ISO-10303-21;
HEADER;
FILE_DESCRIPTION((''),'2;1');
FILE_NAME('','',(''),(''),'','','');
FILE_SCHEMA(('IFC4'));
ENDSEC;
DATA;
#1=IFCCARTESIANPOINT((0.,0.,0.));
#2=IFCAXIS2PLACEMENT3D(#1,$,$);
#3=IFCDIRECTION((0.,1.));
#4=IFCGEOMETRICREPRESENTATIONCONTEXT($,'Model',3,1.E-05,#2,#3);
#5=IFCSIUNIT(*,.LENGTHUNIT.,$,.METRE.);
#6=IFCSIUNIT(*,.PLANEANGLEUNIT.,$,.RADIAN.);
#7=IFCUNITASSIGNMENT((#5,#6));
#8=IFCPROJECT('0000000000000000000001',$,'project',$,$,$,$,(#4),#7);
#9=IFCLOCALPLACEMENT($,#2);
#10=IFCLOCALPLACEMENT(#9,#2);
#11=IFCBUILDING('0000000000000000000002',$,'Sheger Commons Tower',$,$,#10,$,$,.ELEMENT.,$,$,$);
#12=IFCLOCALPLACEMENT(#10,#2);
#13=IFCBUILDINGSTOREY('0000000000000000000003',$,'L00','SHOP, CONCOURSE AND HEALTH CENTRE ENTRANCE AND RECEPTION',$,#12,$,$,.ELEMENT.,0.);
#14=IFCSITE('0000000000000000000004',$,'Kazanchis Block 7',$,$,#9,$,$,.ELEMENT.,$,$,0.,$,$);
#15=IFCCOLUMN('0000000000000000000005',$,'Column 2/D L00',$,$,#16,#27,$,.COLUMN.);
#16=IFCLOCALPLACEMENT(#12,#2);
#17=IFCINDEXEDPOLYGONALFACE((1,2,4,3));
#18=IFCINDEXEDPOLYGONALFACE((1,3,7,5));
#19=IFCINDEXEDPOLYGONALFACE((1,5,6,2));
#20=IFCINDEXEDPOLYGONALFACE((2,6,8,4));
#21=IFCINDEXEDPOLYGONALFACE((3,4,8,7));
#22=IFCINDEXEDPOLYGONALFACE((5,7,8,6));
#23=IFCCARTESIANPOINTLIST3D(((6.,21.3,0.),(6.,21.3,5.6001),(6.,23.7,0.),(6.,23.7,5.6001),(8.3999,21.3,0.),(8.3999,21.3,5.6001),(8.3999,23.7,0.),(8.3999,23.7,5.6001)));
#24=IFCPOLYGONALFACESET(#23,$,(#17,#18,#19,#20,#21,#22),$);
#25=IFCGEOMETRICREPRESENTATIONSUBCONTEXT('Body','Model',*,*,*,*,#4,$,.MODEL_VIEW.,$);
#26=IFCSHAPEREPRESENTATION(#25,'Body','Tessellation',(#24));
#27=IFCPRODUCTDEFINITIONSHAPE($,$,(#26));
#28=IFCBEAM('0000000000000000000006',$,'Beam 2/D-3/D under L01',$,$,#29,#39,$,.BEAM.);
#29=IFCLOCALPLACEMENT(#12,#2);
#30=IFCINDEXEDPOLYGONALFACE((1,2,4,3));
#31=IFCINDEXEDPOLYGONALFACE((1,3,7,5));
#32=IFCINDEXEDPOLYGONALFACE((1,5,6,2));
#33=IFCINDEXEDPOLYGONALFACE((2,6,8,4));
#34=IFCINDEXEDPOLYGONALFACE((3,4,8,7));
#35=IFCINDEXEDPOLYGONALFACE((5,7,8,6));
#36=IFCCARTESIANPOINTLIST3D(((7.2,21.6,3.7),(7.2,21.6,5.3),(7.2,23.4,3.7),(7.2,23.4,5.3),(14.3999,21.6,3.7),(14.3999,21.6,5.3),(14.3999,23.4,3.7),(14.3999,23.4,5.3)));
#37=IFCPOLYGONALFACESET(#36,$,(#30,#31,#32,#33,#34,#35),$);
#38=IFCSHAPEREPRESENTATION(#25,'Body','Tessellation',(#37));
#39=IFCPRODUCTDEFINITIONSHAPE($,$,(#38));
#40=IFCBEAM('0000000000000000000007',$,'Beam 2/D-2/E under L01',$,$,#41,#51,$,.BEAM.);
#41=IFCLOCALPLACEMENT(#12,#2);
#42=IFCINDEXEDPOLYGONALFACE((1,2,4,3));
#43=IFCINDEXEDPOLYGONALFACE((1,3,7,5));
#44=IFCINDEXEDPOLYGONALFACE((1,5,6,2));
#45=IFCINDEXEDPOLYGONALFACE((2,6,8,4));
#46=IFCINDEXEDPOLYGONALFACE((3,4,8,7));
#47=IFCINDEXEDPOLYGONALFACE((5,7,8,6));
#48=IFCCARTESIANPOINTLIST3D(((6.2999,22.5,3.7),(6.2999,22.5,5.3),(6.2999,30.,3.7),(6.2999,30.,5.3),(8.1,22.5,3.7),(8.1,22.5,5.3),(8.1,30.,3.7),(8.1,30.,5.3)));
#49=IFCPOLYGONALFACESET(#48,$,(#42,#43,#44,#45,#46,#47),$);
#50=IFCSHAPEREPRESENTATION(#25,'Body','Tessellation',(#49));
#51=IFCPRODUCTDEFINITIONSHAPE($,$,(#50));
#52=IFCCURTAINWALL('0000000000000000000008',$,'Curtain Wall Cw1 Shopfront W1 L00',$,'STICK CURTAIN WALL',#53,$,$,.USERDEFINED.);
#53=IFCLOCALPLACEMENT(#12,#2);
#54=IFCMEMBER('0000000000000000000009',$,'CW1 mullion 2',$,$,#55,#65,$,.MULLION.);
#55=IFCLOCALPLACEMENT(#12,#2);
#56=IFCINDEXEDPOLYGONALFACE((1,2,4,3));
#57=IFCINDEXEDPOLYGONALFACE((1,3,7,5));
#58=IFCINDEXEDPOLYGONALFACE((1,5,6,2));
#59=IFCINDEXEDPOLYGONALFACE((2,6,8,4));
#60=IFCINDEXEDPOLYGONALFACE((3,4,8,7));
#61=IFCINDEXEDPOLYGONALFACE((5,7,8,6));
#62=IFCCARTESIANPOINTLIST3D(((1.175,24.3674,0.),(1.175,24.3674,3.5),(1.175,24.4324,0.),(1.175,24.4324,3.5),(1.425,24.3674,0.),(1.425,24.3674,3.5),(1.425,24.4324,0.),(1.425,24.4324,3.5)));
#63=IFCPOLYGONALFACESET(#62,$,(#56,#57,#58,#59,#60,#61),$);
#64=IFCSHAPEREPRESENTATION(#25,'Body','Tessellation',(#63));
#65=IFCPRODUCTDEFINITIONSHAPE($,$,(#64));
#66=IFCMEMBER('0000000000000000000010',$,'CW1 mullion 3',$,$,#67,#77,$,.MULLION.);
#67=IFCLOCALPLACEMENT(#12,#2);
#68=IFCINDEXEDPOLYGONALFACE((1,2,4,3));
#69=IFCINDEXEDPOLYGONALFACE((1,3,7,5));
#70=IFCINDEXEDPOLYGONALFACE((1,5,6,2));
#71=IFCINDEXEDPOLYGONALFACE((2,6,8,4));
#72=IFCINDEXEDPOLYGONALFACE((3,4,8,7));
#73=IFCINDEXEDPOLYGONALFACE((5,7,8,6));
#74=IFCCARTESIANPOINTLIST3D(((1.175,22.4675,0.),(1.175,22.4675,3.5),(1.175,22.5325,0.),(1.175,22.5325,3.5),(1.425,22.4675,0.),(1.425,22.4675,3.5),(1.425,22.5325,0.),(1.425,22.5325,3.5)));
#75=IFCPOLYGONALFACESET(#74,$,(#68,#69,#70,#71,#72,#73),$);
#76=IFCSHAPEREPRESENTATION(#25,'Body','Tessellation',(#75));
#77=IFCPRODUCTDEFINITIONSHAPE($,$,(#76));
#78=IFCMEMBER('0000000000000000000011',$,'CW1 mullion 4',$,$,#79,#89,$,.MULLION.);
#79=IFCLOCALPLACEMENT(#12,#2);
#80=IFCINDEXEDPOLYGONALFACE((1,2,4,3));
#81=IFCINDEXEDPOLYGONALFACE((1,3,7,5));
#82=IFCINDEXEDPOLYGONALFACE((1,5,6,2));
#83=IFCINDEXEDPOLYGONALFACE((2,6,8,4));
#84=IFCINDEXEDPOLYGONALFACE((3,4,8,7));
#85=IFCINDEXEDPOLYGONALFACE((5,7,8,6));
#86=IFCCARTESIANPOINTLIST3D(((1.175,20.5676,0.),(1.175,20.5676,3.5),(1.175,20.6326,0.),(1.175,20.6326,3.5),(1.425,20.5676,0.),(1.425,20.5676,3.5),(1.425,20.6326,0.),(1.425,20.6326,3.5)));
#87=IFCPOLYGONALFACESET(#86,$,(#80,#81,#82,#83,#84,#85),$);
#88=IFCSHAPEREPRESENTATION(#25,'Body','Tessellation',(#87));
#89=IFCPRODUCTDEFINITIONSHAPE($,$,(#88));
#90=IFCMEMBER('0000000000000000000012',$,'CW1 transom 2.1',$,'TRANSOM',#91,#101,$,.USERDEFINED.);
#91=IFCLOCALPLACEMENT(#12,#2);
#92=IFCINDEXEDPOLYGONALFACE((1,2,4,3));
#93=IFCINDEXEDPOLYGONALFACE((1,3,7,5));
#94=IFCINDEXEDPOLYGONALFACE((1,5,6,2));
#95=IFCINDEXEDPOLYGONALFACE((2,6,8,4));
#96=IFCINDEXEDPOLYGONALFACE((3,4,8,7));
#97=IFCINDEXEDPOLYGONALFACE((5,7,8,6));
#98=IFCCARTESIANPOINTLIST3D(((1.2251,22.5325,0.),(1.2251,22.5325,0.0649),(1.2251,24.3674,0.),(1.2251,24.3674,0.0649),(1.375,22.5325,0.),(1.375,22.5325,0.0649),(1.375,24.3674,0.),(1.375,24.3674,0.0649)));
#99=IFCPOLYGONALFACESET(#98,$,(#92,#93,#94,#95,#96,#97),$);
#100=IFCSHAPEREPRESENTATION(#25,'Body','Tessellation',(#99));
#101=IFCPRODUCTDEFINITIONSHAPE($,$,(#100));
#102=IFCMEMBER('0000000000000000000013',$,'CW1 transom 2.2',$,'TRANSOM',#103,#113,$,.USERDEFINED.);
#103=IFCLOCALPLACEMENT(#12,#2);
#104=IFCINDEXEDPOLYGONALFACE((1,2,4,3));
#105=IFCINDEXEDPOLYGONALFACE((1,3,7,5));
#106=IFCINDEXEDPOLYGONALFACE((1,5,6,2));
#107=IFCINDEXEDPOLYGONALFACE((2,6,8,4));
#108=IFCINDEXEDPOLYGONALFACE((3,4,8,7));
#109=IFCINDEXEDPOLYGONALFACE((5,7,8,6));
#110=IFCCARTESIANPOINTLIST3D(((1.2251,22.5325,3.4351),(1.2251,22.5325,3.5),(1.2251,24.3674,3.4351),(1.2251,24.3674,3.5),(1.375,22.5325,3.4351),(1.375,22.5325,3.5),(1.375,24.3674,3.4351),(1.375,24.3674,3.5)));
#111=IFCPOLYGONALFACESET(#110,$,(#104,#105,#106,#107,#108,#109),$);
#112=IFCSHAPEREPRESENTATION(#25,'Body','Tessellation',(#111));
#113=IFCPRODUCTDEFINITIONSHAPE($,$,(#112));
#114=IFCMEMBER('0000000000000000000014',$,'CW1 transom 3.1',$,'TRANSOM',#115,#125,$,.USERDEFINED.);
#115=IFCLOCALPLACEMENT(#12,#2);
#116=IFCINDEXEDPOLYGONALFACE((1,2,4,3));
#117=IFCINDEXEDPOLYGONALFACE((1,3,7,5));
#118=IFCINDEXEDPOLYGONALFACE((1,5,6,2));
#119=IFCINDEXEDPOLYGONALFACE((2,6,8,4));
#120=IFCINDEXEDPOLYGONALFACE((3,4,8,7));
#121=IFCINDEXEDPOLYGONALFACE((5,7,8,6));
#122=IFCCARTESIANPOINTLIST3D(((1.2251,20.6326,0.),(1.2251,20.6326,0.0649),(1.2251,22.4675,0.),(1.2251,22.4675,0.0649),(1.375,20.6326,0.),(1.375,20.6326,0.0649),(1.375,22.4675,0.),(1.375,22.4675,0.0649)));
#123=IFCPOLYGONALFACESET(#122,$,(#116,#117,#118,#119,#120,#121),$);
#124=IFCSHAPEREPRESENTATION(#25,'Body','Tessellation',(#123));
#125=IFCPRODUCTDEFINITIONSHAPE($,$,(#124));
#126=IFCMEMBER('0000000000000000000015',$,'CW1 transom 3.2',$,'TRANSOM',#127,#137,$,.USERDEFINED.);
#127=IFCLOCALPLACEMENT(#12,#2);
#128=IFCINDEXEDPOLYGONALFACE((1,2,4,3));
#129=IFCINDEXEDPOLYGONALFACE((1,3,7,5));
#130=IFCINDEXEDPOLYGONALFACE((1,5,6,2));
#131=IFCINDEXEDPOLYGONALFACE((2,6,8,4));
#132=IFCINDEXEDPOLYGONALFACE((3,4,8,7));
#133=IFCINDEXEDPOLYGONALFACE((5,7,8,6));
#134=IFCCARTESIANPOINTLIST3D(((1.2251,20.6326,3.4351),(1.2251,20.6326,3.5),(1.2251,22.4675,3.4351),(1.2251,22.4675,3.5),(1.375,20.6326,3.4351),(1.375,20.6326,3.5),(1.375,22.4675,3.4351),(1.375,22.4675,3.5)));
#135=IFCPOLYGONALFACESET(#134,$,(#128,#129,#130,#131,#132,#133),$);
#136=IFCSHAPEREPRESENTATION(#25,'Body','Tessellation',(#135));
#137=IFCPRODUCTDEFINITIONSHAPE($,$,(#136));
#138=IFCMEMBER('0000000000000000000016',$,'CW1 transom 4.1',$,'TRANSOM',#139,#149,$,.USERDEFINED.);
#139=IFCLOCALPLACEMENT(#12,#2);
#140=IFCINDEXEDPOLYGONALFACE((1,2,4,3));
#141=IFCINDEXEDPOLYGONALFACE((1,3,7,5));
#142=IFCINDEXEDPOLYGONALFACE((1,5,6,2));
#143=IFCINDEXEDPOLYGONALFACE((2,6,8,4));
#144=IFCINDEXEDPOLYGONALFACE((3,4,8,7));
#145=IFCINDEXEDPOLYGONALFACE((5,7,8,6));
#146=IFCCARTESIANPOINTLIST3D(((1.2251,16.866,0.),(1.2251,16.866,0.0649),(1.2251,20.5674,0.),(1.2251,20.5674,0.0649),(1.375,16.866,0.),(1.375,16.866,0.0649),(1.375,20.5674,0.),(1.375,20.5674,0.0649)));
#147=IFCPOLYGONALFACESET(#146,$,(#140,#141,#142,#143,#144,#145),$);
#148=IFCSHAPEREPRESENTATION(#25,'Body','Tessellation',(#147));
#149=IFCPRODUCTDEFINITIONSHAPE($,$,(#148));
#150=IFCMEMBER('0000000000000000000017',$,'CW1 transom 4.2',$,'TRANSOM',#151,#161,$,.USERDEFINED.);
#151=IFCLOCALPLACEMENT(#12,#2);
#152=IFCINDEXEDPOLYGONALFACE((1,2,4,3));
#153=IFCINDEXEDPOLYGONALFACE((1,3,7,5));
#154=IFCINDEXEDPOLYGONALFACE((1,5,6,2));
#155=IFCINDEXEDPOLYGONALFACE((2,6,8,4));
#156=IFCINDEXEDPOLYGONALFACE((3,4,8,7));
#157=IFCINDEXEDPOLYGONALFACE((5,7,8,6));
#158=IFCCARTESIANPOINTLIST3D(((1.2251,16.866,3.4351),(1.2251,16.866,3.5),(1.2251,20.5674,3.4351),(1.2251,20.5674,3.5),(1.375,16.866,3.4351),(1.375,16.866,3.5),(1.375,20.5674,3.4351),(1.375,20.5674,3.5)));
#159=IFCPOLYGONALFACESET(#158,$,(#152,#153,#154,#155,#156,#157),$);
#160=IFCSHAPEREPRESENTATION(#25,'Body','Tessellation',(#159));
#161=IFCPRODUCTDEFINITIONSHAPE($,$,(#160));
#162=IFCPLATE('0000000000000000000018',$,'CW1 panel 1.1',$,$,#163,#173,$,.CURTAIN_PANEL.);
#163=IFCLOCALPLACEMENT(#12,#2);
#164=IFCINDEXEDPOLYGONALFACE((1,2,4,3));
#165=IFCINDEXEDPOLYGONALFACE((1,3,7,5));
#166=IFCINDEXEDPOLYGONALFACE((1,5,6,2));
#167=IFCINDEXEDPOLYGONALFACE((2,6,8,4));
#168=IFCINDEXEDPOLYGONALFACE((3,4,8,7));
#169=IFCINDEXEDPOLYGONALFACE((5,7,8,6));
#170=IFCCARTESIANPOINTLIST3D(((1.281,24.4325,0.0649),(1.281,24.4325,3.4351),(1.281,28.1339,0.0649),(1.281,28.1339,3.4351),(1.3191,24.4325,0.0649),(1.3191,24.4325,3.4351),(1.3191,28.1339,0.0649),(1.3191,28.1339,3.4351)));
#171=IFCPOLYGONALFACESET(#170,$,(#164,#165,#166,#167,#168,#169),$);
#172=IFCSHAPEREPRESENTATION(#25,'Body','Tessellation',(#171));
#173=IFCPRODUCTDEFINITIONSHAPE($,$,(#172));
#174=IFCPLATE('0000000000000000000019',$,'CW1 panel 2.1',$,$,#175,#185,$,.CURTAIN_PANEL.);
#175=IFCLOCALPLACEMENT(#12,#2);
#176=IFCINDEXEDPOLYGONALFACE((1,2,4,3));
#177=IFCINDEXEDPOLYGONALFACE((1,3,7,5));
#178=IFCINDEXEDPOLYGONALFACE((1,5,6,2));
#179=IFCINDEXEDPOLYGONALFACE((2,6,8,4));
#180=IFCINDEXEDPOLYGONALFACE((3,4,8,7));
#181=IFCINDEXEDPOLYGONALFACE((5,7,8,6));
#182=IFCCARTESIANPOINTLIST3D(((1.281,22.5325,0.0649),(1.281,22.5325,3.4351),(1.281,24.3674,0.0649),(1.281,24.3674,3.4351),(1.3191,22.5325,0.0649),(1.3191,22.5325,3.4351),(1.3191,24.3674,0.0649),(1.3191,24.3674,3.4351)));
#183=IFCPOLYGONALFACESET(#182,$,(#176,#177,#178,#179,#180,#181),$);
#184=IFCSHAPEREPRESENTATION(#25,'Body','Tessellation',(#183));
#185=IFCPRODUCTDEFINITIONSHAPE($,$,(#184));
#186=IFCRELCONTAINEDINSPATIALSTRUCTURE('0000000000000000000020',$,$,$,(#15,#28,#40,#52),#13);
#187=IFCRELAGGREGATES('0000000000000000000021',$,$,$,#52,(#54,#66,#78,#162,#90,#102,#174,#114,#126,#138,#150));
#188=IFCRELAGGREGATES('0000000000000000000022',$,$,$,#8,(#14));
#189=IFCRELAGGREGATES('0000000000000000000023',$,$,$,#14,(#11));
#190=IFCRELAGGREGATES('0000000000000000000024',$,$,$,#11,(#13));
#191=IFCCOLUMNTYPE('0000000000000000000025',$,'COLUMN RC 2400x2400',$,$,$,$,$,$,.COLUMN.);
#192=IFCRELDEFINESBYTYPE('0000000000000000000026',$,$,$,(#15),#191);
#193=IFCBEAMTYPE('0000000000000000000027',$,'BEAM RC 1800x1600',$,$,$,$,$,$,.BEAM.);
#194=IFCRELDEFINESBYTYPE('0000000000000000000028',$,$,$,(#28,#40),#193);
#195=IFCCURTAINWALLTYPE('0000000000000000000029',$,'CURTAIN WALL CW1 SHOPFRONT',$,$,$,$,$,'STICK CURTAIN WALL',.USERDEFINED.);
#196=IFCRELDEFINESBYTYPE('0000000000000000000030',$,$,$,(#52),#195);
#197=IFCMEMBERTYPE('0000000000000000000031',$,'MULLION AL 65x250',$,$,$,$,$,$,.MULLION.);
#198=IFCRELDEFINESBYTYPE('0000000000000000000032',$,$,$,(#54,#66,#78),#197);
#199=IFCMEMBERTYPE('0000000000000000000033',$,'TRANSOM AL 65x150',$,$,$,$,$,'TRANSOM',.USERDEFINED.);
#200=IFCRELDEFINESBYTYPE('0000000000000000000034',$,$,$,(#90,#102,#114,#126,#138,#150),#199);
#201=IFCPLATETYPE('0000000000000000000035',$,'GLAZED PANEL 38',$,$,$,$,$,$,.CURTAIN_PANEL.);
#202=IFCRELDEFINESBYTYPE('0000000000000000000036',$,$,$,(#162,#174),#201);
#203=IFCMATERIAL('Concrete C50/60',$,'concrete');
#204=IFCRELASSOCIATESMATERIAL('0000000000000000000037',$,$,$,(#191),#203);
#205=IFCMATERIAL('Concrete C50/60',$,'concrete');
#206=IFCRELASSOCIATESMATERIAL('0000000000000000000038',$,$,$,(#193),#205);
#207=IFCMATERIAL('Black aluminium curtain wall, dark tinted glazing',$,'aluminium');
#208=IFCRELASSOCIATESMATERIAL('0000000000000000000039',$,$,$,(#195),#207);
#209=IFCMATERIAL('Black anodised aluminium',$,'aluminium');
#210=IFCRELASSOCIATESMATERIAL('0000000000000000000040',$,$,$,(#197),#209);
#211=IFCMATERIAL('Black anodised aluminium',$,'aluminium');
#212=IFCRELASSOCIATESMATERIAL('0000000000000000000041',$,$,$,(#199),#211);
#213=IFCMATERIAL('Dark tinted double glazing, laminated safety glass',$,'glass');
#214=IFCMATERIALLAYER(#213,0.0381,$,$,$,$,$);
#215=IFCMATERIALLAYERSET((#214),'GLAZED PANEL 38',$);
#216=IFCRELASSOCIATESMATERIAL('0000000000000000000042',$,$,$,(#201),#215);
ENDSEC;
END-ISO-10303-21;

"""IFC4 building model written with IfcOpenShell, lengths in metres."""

from ifc_helpers import new_model, si_unit, direction, frame, origin, origin_2d, place, context, subcontext, project, spatial, rectangle, extrude, material, layer, layer_set, material_profile, profile_set, type_object, element, aggregate, save


model = new_model("IFC4")

# Units and contexts
model_context = context("Model", 3, precision=1e-05, world=origin(), true_north=direction((0.0, 1.0)))
body_context = subcontext(model_context, "Body", "Model", "MODEL_VIEW")
ifc_project = project(units=[si_unit("LENGTHUNIT", "METRE"), si_unit("PLANEANGLEUNIT", "RADIAN")], contexts=[model_context])

# Site, building, storey
site_placement = place(None, origin())
site = spatial("IfcSite", under=ifc_project, at=site_placement, Name="Kazanchis Block 7", CompositionType="ELEMENT", RefElevation=0.0)
building_placement = place(site_placement, origin())
building = spatial("IfcBuilding", under=site, at=building_placement, Name="Sheger Commons Tower", CompositionType="ELEMENT")
storey_placement = place(building_placement, origin())
storey = spatial("IfcBuildingStorey", under=building, at=storey_placement, Name="L00", Description="SHOP, CONCOURSE AND HEALTH CENTRE ENTRANCE AND RECEPTION", CompositionType="ELEMENT", Elevation=0.0)

# Column
ifc_material_1 = material(Name="Concrete C50/60", Category="concrete")
ifc_material_profile_1 = material_profile(ifc_material_1, rectangle(XDim=2.3999, YDim=2.3999, at=origin_2d()), Name="RC 2400x2400")
ifc_profile_set_1 = profile_set([ifc_material_profile_1], Name="Concrete C50/60")
column_type = type_object("IfcColumnType", Name="COLUMN RC 2400x2400", PredefinedType="COLUMN", material=ifc_profile_set_1)
column_placement = place(storey_placement, frame((7.2, 22.5, 0.0), z_axis=(0.0, 0.0, 1.0), x_axis=(1.0, 0.0, 0.0)))
element("IfcColumn", 1, at=column_placement, inside=storey, type_object=column_type, Name="Column 2/D L00", PredefinedType="COLUMN", context=body_context, shape_type="SweptSolid", body=[
    extrude(rectangle(XDim=2.3999, YDim=2.3999, at=origin_2d()), origin(), (0.0, 0.0, 1.0), 5.6001),
])

# Beams
ifc_material_2 = material(Name="Concrete C50/60", Category="concrete")
ifc_material_profile_2 = material_profile(ifc_material_2, rectangle(XDim=1.8, YDim=1.6001, at=origin_2d()), Name="RC 1800x1600")
ifc_profile_set_2 = profile_set([ifc_material_profile_2], Name="Concrete C50/60")
beam_type = type_object("IfcBeamType", Name="BEAM RC 1800x1600", PredefinedType="BEAM", material=ifc_profile_set_2)
beam_1_placement = place(storey_placement, frame((7.2, 22.5, 4.5), z_axis=(1.0, 0.0, 0.0), x_axis=(0.0, 1.0, 0.0)))
element("IfcBeam", 2, at=beam_1_placement, inside=storey, type_object=beam_type, Name="Beam 2/D-3/D under L01", PredefinedType="BEAM", context=body_context, shape_type="SweptSolid", body=[
    extrude(rectangle(XDim=1.8, YDim=1.6001, at=origin_2d()), origin(), (0.0, 0.0, 1.0), 7.2),
])
beam_2_placement = place(storey_placement, frame((7.2, 22.5, 4.5), z_axis=(0.0, 1.0, 0.0), x_axis=(-1.0, 0.0, 0.0)))
element("IfcBeam", 3, at=beam_2_placement, inside=storey, type_object=beam_type, Name="Beam 2/D-2/E under L01", PredefinedType="BEAM", context=body_context, shape_type="SweptSolid", body=[
    extrude(rectangle(XDim=1.8, YDim=1.6001, at=origin_2d()), origin(), (0.0, 0.0, 1.0), 7.5),
])

# Curtain wall, members, plates
ifc_material_3 = material(Name="Black aluminium curtain wall, dark tinted glazing", Category="aluminium")
curtain_wall_type = type_object("IfcCurtainWallType", Name="CURTAIN WALL CW1 SHOPFRONT", ElementType="STICK CURTAIN WALL", PredefinedType="USERDEFINED", material=ifc_material_3)
curtain_wall_placement = place(storey_placement, origin())
curtain_wall = element("IfcCurtainWall", 4, at=curtain_wall_placement, inside=storey, type_object=curtain_wall_type, Name="Curtain Wall Cw1 Shopfront W1 L00", ObjectType="STICK CURTAIN WALL", PredefinedType="USERDEFINED")
ifc_material_4 = material(Name="Black anodised aluminium", Category="aluminium")
ifc_material_profile_3 = material_profile(ifc_material_4, rectangle(XDim=0.25, YDim=0.0649, at=origin_2d()), Name="AL 65x250")
ifc_profile_set_3 = profile_set([ifc_material_profile_3], Name="Black anodised aluminium")
member_type_1 = type_object("IfcMemberType", Name="MULLION AL 65x250", PredefinedType="MULLION", material=ifc_profile_set_3)
member_1_placement = place(storey_placement, frame((1.3, 24.3999, 0.0), z_axis=(0.0, 0.0, 1.0), x_axis=(1.0, 0.0, 0.0)))
member_1 = element("IfcMember", 5, at=member_1_placement, type_object=member_type_1, Name="CW1 mullion 2", PredefinedType="MULLION", context=body_context, shape_type="SweptSolid", body=[
    extrude(rectangle(XDim=0.25, YDim=0.0649, at=origin_2d()), origin(), (0.0, 0.0, 1.0), 3.5),
])
member_2_placement = place(storey_placement, frame((1.3, 22.5, 0.0), z_axis=(0.0, 0.0, 1.0), x_axis=(1.0, 0.0, 0.0)))
member_2 = element("IfcMember", 6, at=member_2_placement, type_object=member_type_1, Name="CW1 mullion 3", PredefinedType="MULLION", context=body_context, shape_type="SweptSolid", body=[
    extrude(rectangle(XDim=0.25, YDim=0.0649, at=origin_2d()), origin(), (0.0, 0.0, 1.0), 3.5),
])
member_3_placement = place(storey_placement, frame((1.3, 20.6001, 0.0), z_axis=(0.0, 0.0, 1.0), x_axis=(1.0, 0.0, 0.0)))
member_3 = element("IfcMember", 7, at=member_3_placement, type_object=member_type_1, Name="CW1 mullion 4", PredefinedType="MULLION", context=body_context, shape_type="SweptSolid", body=[
    extrude(rectangle(XDim=0.25, YDim=0.0649, at=origin_2d()), origin(), (0.0, 0.0, 1.0), 3.5),
])
ifc_material_5 = material(Name="Black anodised aluminium", Category="aluminium")
ifc_material_profile_4 = material_profile(ifc_material_5, rectangle(XDim=0.1499, YDim=0.0649, at=origin_2d()), Name="AL 65x150")
ifc_profile_set_4 = profile_set([ifc_material_profile_4], Name="Black anodised aluminium")
member_type_2 = type_object("IfcMemberType", Name="TRANSOM AL 65x150", ElementType="TRANSOM", PredefinedType="USERDEFINED", material=ifc_profile_set_4)
member_4_placement = place(storey_placement, frame((1.3, 24.3674, 0.0325), z_axis=(0.0, -1.0, 0.0), x_axis=(1.0, 0.0, 0.0)))
member_4 = element("IfcMember", 8, at=member_4_placement, type_object=member_type_2, Name="CW1 transom 2.1", ObjectType="TRANSOM", PredefinedType="USERDEFINED", context=body_context, shape_type="SweptSolid", body=[
    extrude(rectangle(XDim=0.1499, YDim=0.0649, at=origin_2d()), origin(), (0.0, 0.0, 1.0), 1.835),
])
member_5_placement = place(storey_placement, frame((1.3, 24.3674, 3.4675), z_axis=(0.0, -1.0, 0.0), x_axis=(1.0, 0.0, 0.0)))
member_5 = element("IfcMember", 9, at=member_5_placement, type_object=member_type_2, Name="CW1 transom 2.2", ObjectType="TRANSOM", PredefinedType="USERDEFINED", context=body_context, shape_type="SweptSolid", body=[
    extrude(rectangle(XDim=0.1499, YDim=0.0649, at=origin_2d()), origin(), (0.0, 0.0, 1.0), 1.835),
])
member_6_placement = place(storey_placement, frame((1.3, 22.4675, 0.0325), z_axis=(0.0, -1.0, 0.0), x_axis=(1.0, 0.0, 0.0)))
member_6 = element("IfcMember", 10, at=member_6_placement, type_object=member_type_2, Name="CW1 transom 3.1", ObjectType="TRANSOM", PredefinedType="USERDEFINED", context=body_context, shape_type="SweptSolid", body=[
    extrude(rectangle(XDim=0.1499, YDim=0.0649, at=origin_2d()), origin(), (0.0, 0.0, 1.0), 1.835),
])
member_7_placement = place(storey_placement, frame((1.3, 22.4675, 3.4675), z_axis=(0.0, -1.0, 0.0), x_axis=(1.0, 0.0, 0.0)))
member_7 = element("IfcMember", 11, at=member_7_placement, type_object=member_type_2, Name="CW1 transom 3.2", ObjectType="TRANSOM", PredefinedType="USERDEFINED", context=body_context, shape_type="SweptSolid", body=[
    extrude(rectangle(XDim=0.1499, YDim=0.0649, at=origin_2d()), origin(), (0.0, 0.0, 1.0), 1.835),
])
member_8_placement = place(storey_placement, frame((1.3, 20.5674, 0.0325), z_axis=(0.0, -1.0, 0.0), x_axis=(1.0, 0.0, 0.0)))
member_8 = element("IfcMember", 12, at=member_8_placement, type_object=member_type_2, Name="CW1 transom 4.1", ObjectType="TRANSOM", PredefinedType="USERDEFINED", context=body_context, shape_type="SweptSolid", body=[
    extrude(rectangle(XDim=0.1499, YDim=0.0649, at=origin_2d()), origin(), (0.0, 0.0, 1.0), 3.7014),
])
member_9_placement = place(storey_placement, frame((1.3, 20.5674, 3.4675), z_axis=(0.0, -1.0, 0.0), x_axis=(1.0, 0.0, 0.0)))
member_9 = element("IfcMember", 13, at=member_9_placement, type_object=member_type_2, Name="CW1 transom 4.2", ObjectType="TRANSOM", PredefinedType="USERDEFINED", context=body_context, shape_type="SweptSolid", body=[
    extrude(rectangle(XDim=0.1499, YDim=0.0649, at=origin_2d()), origin(), (0.0, 0.0, 1.0), 3.7014),
])
ifc_material_6 = material(Name="Dark tinted double glazing, laminated safety glass", Category="glass")
ifc_layer_1 = layer(ifc_material_6, 0.0381)
ifc_layer_set_1 = layer_set([ifc_layer_1], Name="GLAZED PANEL 38")
plate_type = type_object("IfcPlateType", Name="GLAZED PANEL 38", PredefinedType="CURTAIN_PANEL", material=ifc_layer_set_1)
plate_1_placement = place(storey_placement, frame((1.3, 26.2832, 0.0649), z_axis=(0.0, 0.0, 1.0), x_axis=(0.0, -1.0, 0.0)))
plate_1 = element("IfcPlate", 14, at=plate_1_placement, type_object=plate_type, Name="CW1 panel 1.1", PredefinedType="CURTAIN_PANEL", context=body_context, shape_type="SweptSolid", body=[
    extrude(rectangle(XDim=3.7014, YDim=0.0381, at=origin_2d()), origin(), (0.0, 0.0, 1.0), 3.3701),
])
plate_2_placement = place(storey_placement, frame((1.3, 23.45, 0.0649), z_axis=(0.0, 0.0, 1.0), x_axis=(0.0, -1.0, 0.0)))
plate_2 = element("IfcPlate", 15, at=plate_2_placement, type_object=plate_type, Name="CW1 panel 2.1", PredefinedType="CURTAIN_PANEL", context=body_context, shape_type="SweptSolid", body=[
    extrude(rectangle(XDim=1.835, YDim=0.0381, at=origin_2d()), origin(), (0.0, 0.0, 1.0), 3.3701),
])
aggregate(curtain_wall, [member_1, member_2, member_3, plate_1, member_4, member_5, plate_2, member_6, member_7, member_8, member_9])

save(model, "model.ifc")
